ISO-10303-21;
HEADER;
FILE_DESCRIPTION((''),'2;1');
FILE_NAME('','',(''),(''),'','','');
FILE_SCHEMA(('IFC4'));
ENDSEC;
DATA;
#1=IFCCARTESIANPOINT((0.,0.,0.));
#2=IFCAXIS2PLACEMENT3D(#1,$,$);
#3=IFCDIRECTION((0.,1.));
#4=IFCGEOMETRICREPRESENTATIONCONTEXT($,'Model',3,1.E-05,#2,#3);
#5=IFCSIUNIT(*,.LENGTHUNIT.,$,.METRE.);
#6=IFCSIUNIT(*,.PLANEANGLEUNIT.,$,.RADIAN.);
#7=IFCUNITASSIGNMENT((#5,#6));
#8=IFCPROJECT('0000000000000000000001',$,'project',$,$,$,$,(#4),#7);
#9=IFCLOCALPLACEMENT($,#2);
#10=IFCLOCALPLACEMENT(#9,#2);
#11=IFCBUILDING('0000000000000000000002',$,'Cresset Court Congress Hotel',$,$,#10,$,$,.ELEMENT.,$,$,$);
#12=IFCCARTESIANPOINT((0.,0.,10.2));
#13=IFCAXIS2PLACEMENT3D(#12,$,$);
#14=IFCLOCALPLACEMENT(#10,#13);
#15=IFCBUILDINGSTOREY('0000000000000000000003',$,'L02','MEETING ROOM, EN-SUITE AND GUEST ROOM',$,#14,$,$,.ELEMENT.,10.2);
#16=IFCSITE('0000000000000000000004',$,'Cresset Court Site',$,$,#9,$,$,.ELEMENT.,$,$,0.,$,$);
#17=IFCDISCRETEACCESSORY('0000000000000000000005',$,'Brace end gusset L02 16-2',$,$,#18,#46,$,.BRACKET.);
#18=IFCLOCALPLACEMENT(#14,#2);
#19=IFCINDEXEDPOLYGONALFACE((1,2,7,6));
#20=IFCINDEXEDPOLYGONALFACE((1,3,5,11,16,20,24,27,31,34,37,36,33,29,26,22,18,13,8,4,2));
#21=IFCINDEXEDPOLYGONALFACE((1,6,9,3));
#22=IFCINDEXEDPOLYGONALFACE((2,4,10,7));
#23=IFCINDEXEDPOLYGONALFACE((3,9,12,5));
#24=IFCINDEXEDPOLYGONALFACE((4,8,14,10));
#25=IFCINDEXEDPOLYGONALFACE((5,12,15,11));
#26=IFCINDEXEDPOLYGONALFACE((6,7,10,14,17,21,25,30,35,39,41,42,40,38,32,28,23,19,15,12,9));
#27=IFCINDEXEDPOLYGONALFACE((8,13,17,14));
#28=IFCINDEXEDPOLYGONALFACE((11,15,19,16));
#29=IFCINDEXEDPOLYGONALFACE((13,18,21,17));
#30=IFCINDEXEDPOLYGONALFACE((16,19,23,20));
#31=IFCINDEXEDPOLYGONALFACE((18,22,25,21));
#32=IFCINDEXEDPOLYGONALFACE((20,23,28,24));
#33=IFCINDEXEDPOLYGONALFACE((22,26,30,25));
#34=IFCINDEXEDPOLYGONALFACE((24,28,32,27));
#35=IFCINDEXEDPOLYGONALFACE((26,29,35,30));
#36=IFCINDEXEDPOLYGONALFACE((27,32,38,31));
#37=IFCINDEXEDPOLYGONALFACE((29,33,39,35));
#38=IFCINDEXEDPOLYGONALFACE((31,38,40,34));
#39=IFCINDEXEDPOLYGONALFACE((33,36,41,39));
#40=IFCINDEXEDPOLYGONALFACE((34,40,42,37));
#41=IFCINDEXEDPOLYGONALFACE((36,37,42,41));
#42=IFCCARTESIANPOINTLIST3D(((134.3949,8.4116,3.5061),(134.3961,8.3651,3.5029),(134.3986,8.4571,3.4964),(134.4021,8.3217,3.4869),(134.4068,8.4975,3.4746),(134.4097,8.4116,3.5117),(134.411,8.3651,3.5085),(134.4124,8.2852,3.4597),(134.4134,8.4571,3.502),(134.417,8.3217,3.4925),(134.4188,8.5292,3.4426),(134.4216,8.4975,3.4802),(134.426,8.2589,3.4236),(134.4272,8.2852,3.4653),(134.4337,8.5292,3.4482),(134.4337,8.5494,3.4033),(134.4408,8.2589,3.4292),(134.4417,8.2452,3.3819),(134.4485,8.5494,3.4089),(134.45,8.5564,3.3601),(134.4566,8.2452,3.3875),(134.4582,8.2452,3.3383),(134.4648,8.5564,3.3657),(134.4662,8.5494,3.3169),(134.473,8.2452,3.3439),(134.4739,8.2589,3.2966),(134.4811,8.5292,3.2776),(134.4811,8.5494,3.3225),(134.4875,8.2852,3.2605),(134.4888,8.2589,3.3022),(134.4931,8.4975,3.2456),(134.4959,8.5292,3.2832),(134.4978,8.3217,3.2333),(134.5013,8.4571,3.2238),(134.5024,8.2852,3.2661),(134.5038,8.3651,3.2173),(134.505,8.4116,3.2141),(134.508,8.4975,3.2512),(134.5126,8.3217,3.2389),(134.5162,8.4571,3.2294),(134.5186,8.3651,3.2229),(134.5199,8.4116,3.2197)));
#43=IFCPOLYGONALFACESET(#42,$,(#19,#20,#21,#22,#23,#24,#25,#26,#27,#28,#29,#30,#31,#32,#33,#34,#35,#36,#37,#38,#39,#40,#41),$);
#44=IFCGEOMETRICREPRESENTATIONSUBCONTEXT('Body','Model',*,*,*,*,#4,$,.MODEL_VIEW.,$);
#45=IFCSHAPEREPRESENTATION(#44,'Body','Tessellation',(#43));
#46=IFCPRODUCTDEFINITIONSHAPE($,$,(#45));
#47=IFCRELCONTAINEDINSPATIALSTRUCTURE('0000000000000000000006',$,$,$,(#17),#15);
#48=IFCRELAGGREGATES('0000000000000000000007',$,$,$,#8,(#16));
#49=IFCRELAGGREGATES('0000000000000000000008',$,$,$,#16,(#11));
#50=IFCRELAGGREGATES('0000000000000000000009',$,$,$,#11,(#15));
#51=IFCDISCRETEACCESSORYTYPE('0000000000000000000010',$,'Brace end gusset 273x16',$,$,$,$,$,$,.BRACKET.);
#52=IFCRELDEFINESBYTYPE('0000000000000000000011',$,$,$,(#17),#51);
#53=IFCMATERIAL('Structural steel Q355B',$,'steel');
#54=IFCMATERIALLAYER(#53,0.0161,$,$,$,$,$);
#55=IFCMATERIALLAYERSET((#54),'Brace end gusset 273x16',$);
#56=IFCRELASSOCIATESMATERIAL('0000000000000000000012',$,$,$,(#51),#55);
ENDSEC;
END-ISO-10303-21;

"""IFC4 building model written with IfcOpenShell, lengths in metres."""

from ifc_helpers import new_model, si_unit, direction, frame, origin, origin_2d, place, context, subcontext, project, spatial, circle, extrude, material, layer, layer_set, type_object, element, save


model = new_model("IFC4")

# Units and contexts
model_context = context("Model", 3, precision=1e-05, world=origin(), true_north=direction((0.0, 1.0)))
body_context = subcontext(model_context, "Body", "Model", "MODEL_VIEW")
ifc_project = project(units=[si_unit("LENGTHUNIT", "METRE"), si_unit("PLANEANGLEUNIT", "RADIAN")], contexts=[model_context])

# Site, building, storey
site_placement = place(None, origin())
site = spatial("IfcSite", under=ifc_project, at=site_placement, Name="Cresset Court Site", CompositionType="ELEMENT", RefElevation=0.0)
building_placement = place(site_placement, origin())
building = spatial("IfcBuilding", under=site, at=building_placement, Name="Cresset Court Congress Hotel", CompositionType="ELEMENT")
storey_placement = place(building_placement, frame((0.0, 0.0, 10.2)))
storey = spatial("IfcBuildingStorey", under=building, at=storey_placement, Name="L02", Description="MEETING ROOM, EN-SUITE AND GUEST ROOM", CompositionType="ELEMENT", Elevation=10.2)

# Discrete accessory
ifc_material_1 = material(Name="Structural steel Q355B", Category="steel")
ifc_layer_1 = layer(ifc_material_1, 0.0161)
ifc_layer_set_1 = layer_set([ifc_layer_1], Name="Brace end gusset 273x16")
discrete_accessory_type = type_object("IfcDiscreteAccessoryType", Name="Brace end gusset 273x16", PredefinedType="BRACKET", material=ifc_layer_set_1)
discrete_accessory_placement = place(storey_placement, frame((134.45, 8.3999, 3.3601), z_axis=(0.935697, 0.0, 0.352804), x_axis=(0.0, 1.0, 0.0)))
element("IfcDiscreteAccessory", 1, at=discrete_accessory_placement, inside=storey, type_object=discrete_accessory_type, Name="Brace end gusset L02 16-2", PredefinedType="BRACKET", context=body_context, shape_type="SweptSolid", body=[
    extrude(circle(Radius=0.1565, at=origin_2d()), origin(), (0.0, 0.0, 1.0), 0.0159),
])

save(model, "model.ifc")
